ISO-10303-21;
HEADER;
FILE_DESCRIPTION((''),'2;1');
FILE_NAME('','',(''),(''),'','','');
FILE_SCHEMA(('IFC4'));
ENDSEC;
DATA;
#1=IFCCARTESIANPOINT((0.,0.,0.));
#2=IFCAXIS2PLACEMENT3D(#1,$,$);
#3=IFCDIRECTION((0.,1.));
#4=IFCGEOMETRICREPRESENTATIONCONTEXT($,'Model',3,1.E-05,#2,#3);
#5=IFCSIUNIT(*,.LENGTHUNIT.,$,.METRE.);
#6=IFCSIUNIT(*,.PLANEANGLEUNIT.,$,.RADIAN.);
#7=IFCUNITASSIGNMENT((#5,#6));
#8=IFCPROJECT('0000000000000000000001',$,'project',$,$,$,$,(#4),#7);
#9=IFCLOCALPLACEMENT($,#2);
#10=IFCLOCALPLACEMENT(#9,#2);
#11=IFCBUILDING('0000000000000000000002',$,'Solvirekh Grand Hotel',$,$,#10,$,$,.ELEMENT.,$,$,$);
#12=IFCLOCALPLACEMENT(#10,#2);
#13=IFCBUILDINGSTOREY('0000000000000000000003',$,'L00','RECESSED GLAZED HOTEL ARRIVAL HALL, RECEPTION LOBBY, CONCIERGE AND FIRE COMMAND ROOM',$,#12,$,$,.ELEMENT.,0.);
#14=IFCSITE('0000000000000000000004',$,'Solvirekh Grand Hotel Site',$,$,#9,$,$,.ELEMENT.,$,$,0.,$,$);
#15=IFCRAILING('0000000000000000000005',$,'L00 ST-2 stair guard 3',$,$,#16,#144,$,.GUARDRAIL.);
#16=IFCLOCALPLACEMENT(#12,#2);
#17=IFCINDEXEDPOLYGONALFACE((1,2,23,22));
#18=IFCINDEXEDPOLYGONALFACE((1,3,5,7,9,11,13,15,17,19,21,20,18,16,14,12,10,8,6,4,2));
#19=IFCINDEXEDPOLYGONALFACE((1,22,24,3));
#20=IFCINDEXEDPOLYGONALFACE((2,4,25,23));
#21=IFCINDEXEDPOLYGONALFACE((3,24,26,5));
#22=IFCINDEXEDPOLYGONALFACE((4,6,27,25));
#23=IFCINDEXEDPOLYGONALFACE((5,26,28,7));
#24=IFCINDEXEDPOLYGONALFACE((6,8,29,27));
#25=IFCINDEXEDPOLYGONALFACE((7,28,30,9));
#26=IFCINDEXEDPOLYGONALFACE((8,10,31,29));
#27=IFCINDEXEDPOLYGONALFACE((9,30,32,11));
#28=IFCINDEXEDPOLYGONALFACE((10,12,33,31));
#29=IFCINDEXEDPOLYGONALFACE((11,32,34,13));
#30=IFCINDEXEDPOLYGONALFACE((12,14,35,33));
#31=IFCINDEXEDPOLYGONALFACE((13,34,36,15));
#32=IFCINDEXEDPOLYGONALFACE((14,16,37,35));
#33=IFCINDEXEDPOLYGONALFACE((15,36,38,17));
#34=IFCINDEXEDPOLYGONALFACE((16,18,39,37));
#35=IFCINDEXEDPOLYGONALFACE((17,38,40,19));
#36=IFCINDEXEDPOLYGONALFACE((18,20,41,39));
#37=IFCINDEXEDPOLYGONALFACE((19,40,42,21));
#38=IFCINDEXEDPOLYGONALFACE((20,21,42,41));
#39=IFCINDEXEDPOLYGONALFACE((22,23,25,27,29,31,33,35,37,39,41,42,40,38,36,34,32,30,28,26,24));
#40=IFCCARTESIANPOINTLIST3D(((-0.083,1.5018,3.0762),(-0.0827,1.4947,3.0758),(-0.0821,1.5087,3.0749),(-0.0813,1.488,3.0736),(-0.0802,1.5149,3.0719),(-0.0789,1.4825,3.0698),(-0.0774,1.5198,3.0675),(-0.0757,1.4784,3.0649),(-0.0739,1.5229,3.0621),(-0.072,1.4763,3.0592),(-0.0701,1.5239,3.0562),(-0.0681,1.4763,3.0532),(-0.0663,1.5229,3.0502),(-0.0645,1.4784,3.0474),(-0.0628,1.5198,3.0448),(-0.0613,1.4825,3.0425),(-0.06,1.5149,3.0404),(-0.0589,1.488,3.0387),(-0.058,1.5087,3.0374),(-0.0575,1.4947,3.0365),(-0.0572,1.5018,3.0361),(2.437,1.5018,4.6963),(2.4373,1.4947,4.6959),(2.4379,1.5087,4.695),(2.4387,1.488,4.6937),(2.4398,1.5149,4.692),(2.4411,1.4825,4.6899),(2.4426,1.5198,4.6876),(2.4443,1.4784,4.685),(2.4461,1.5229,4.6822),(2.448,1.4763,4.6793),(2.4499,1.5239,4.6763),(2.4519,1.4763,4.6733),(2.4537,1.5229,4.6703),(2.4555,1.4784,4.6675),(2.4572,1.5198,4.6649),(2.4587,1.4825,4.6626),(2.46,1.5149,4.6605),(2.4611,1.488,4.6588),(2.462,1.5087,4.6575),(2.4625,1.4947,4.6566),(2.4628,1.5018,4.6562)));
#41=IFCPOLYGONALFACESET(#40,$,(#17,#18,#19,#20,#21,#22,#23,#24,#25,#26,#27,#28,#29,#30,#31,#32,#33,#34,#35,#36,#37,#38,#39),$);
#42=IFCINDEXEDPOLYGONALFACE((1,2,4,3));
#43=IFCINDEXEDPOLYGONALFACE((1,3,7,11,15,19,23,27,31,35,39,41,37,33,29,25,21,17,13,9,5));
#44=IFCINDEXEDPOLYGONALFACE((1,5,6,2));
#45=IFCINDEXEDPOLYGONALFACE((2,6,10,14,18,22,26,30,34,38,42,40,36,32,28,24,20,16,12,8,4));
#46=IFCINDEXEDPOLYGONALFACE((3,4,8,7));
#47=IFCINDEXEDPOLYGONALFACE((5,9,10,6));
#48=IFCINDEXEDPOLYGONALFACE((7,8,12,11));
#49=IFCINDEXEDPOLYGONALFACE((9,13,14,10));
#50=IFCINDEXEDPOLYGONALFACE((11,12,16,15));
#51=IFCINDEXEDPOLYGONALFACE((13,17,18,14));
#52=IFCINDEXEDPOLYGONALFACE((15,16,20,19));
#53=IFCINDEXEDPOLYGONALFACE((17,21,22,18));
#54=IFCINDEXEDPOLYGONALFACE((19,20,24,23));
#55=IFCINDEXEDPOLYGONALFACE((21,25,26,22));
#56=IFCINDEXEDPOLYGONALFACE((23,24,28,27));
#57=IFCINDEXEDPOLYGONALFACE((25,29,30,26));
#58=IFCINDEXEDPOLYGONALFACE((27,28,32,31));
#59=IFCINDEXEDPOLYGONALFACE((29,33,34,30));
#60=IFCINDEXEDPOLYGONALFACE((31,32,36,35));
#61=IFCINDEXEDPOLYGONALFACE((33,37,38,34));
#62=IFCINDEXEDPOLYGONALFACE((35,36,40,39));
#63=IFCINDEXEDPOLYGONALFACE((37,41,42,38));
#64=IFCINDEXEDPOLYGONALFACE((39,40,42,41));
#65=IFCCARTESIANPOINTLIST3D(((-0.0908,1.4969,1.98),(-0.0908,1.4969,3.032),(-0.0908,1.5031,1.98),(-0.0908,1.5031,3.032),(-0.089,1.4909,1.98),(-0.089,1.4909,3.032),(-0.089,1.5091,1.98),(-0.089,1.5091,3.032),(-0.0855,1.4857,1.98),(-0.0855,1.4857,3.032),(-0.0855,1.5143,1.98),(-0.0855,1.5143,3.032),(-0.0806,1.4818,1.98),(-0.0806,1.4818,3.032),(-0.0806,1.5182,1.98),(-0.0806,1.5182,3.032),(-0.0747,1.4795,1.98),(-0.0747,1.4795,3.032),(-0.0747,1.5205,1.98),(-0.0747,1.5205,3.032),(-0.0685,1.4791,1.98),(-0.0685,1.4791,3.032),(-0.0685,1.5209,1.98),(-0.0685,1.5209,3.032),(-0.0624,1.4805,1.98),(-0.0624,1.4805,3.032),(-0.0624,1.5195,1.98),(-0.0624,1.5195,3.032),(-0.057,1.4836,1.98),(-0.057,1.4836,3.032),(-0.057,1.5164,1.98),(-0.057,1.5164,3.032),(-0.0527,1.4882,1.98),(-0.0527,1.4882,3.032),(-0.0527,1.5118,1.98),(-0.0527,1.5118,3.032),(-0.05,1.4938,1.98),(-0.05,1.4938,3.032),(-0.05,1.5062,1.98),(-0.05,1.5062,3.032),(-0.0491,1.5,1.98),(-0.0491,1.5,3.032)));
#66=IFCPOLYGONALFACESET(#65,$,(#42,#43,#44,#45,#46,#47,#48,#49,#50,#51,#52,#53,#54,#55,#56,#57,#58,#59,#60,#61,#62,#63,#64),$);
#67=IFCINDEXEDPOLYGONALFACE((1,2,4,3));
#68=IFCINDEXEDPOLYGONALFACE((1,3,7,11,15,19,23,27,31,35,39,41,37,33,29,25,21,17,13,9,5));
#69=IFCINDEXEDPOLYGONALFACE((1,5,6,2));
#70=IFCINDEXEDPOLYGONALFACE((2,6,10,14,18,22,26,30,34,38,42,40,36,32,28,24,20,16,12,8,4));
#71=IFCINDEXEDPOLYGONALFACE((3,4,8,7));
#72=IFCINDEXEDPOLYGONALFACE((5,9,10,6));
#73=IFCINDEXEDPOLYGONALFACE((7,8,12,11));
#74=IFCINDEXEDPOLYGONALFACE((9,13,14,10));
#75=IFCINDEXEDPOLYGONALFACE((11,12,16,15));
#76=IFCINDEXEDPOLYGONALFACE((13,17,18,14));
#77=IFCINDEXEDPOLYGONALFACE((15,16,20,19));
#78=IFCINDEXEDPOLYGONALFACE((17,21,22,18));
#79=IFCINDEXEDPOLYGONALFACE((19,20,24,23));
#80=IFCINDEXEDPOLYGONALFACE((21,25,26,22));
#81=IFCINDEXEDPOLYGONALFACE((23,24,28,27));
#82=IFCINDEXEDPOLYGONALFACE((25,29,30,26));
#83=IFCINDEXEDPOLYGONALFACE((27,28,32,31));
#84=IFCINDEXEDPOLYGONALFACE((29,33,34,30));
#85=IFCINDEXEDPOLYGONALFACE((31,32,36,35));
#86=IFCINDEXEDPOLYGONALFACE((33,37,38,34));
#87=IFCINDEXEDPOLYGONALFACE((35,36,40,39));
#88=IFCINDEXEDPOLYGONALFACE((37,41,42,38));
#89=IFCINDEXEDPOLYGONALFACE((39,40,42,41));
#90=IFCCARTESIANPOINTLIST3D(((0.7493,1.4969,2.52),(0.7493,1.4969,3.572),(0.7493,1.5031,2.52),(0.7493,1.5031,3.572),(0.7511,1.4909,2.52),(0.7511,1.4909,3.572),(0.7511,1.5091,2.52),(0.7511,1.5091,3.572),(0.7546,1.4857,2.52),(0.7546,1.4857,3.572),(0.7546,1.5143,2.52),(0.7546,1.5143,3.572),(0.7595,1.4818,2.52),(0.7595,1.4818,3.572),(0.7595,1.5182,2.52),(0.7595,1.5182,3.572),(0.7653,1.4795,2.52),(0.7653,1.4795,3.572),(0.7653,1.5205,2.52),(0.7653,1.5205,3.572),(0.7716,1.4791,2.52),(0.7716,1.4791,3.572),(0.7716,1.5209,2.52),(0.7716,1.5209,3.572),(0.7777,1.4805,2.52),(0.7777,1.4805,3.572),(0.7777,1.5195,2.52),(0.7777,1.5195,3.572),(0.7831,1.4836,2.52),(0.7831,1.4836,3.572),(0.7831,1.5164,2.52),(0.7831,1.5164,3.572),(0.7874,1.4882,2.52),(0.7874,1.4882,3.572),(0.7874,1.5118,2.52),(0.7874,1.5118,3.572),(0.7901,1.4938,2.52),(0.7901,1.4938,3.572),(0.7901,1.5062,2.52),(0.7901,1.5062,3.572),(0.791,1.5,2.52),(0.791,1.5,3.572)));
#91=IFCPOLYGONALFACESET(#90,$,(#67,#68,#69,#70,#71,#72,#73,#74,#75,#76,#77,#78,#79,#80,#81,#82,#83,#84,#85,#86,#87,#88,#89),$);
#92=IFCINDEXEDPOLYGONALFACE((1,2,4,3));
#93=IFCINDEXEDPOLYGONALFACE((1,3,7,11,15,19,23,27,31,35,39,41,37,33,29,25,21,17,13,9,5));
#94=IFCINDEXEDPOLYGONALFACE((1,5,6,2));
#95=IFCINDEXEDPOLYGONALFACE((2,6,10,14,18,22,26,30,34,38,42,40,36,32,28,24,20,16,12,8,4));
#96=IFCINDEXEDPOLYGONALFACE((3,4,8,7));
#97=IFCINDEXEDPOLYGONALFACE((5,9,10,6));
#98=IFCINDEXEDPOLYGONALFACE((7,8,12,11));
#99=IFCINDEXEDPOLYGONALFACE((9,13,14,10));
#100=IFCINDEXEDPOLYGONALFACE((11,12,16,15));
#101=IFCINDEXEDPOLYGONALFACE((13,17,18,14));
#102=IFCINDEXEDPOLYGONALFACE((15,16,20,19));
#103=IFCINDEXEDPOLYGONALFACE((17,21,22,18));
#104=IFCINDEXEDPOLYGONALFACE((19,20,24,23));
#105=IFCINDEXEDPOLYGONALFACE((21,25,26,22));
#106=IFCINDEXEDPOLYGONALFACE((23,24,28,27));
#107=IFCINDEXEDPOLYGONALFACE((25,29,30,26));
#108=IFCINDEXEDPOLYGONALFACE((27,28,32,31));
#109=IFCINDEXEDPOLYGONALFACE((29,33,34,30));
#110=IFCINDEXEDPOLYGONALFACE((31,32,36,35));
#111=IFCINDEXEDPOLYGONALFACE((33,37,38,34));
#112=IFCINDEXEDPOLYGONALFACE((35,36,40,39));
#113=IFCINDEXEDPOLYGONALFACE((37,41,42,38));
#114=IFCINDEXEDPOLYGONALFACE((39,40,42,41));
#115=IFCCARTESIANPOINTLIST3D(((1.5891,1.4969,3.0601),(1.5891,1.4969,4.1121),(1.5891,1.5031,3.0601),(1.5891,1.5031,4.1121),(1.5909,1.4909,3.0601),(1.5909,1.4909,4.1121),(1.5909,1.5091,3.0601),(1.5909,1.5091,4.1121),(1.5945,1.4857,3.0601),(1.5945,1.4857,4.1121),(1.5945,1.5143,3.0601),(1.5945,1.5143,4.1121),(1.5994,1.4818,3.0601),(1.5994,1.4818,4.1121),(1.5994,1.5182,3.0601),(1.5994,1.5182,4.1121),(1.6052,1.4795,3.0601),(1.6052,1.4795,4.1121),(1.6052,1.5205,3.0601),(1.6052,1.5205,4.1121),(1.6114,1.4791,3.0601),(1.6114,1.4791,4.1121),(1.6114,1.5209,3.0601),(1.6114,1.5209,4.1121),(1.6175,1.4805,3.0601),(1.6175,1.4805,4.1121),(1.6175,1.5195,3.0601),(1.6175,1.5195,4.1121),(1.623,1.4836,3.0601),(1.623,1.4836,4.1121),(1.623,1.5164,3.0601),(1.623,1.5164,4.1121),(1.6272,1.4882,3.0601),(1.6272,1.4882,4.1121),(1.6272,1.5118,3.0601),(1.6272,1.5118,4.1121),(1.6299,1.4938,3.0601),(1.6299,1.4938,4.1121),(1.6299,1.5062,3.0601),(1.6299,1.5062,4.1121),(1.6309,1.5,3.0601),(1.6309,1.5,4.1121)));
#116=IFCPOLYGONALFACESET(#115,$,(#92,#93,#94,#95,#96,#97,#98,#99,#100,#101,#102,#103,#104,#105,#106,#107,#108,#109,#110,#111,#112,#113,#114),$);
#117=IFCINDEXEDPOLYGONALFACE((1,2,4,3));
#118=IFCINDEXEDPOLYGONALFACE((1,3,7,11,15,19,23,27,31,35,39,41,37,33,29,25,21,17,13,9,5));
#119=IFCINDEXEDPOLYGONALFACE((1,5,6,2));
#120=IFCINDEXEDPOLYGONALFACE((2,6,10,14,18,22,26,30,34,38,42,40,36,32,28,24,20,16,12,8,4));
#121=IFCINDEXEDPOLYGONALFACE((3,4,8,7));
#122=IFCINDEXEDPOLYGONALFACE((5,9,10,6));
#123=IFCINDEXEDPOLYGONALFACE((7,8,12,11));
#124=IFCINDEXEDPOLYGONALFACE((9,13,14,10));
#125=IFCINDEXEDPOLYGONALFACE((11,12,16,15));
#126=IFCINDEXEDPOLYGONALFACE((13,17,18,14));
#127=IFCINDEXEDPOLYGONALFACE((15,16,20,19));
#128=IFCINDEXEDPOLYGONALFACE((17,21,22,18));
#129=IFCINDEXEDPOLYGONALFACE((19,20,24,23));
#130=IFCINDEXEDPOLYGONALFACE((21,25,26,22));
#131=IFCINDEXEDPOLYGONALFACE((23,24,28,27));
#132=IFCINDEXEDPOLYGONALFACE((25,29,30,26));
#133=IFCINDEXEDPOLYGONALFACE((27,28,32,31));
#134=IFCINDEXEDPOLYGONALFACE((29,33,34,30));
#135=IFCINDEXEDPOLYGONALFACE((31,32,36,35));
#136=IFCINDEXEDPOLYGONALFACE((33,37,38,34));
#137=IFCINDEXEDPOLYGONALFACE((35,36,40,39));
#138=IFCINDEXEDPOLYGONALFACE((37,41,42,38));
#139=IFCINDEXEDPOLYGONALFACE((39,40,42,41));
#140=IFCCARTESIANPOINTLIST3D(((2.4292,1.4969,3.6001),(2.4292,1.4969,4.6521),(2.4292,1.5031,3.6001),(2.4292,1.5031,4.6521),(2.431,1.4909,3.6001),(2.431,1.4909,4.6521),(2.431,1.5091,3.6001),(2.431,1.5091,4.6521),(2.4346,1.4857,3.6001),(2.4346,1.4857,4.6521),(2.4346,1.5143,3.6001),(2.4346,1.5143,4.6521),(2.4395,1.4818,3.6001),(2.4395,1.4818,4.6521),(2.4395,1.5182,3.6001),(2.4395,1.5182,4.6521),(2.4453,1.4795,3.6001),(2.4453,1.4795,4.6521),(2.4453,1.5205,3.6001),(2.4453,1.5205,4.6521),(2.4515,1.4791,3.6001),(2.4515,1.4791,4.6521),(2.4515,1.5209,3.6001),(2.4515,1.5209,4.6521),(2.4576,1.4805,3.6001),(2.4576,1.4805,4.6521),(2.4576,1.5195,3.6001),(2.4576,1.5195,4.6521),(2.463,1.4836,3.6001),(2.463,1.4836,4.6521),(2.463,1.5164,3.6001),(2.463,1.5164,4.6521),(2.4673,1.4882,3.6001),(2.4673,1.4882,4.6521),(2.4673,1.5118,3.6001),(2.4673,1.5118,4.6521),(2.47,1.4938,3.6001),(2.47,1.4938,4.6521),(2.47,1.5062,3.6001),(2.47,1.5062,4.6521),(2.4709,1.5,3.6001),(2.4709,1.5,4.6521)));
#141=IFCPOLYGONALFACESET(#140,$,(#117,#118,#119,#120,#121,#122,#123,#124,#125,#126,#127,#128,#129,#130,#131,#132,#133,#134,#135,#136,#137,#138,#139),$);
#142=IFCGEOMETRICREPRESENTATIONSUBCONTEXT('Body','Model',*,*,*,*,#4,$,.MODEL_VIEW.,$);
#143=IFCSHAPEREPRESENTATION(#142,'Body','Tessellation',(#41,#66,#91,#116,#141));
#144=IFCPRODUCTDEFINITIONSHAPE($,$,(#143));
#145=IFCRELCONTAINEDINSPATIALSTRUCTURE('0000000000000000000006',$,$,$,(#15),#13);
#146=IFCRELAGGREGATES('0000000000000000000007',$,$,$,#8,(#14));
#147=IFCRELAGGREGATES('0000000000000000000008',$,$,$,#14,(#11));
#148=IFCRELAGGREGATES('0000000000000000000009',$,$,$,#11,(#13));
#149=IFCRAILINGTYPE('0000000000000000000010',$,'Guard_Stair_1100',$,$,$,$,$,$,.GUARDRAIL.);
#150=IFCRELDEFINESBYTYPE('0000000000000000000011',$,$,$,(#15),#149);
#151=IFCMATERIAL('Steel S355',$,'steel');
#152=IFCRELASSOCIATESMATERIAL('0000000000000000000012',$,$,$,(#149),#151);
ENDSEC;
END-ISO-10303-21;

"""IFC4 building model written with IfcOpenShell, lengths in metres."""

from ifc_helpers import new_model, si_unit, direction, frame, origin, origin_2d, place, context, subcontext, project, spatial, circle, extrude, material, type_object, element, save


model = new_model("IFC4")

# Units and contexts
model_context = context("Model", 3, precision=1e-05, world=origin(), true_north=direction((0.0, 1.0)))
body_context = subcontext(model_context, "Body", "Model", "MODEL_VIEW")
ifc_project = project(units=[si_unit("LENGTHUNIT", "METRE"), si_unit("PLANEANGLEUNIT", "RADIAN")], contexts=[model_context])

# Site, building, storey
site_placement = place(None, origin())
site = spatial("IfcSite", under=ifc_project, at=site_placement, Name="Solvirekh Grand Hotel Site", CompositionType="ELEMENT", RefElevation=0.0)
building_placement = place(site_placement, origin())
building = spatial("IfcBuilding", under=site, at=building_placement, Name="Solvirekh Grand Hotel", CompositionType="ELEMENT")
storey_placement = place(building_placement, origin())
storey = spatial("IfcBuildingStorey", under=building, at=storey_placement, Name="L00", Description="RECESSED GLAZED HOTEL ARRIVAL HALL, RECEPTION LOBBY, CONCIERGE AND FIRE COMMAND ROOM", CompositionType="ELEMENT", Elevation=0.0)

# Railing
ifc_material_1 = material(Name="Steel S355", Category="steel")
railing_type_1 = type_object("IfcRailingType", Name="Guard_Stair_1100", PredefinedType="GUARDRAIL", material=ifc_material_1)
railing_1_placement = place(storey_placement, frame((-0.0701, 1.5, 1.98)))
element("IfcRailing", 1, at=railing_1_placement, inside=storey, type_object=railing_type_1, Name="L00 ST-2 stair guard 3", PredefinedType="GUARDRAIL", context=body_context, shape_type="SweptSolid", body=[
    extrude(circle(Radius=0.0239, at=origin_2d()), frame((0.0, 0.0, 1.0762), z_axis=(0.841163, 0.0, 0.540782), x_axis=(0.0, 1.0, 0.0)), (0.0, 0.0, 1.0), 2.9958),
    extrude(circle(Radius=0.021, at=origin_2d()), origin(), (0.0, 0.0, 1.0), 1.052),
    extrude(circle(Radius=0.021, at=origin_2d()), frame((0.8401, 0.0, 0.54)), (0.0, 0.0, 1.0), 1.052),
    extrude(circle(Radius=0.021, at=origin_2d()), frame((1.6799, 0.0, 1.0801)), (0.0, 0.0, 1.0), 1.052),
    extrude(circle(Radius=0.021, at=origin_2d()), frame((2.52, 0.0, 1.6201)), (0.0, 0.0, 1.0), 1.052),
])

save(model, "model.ifc")
